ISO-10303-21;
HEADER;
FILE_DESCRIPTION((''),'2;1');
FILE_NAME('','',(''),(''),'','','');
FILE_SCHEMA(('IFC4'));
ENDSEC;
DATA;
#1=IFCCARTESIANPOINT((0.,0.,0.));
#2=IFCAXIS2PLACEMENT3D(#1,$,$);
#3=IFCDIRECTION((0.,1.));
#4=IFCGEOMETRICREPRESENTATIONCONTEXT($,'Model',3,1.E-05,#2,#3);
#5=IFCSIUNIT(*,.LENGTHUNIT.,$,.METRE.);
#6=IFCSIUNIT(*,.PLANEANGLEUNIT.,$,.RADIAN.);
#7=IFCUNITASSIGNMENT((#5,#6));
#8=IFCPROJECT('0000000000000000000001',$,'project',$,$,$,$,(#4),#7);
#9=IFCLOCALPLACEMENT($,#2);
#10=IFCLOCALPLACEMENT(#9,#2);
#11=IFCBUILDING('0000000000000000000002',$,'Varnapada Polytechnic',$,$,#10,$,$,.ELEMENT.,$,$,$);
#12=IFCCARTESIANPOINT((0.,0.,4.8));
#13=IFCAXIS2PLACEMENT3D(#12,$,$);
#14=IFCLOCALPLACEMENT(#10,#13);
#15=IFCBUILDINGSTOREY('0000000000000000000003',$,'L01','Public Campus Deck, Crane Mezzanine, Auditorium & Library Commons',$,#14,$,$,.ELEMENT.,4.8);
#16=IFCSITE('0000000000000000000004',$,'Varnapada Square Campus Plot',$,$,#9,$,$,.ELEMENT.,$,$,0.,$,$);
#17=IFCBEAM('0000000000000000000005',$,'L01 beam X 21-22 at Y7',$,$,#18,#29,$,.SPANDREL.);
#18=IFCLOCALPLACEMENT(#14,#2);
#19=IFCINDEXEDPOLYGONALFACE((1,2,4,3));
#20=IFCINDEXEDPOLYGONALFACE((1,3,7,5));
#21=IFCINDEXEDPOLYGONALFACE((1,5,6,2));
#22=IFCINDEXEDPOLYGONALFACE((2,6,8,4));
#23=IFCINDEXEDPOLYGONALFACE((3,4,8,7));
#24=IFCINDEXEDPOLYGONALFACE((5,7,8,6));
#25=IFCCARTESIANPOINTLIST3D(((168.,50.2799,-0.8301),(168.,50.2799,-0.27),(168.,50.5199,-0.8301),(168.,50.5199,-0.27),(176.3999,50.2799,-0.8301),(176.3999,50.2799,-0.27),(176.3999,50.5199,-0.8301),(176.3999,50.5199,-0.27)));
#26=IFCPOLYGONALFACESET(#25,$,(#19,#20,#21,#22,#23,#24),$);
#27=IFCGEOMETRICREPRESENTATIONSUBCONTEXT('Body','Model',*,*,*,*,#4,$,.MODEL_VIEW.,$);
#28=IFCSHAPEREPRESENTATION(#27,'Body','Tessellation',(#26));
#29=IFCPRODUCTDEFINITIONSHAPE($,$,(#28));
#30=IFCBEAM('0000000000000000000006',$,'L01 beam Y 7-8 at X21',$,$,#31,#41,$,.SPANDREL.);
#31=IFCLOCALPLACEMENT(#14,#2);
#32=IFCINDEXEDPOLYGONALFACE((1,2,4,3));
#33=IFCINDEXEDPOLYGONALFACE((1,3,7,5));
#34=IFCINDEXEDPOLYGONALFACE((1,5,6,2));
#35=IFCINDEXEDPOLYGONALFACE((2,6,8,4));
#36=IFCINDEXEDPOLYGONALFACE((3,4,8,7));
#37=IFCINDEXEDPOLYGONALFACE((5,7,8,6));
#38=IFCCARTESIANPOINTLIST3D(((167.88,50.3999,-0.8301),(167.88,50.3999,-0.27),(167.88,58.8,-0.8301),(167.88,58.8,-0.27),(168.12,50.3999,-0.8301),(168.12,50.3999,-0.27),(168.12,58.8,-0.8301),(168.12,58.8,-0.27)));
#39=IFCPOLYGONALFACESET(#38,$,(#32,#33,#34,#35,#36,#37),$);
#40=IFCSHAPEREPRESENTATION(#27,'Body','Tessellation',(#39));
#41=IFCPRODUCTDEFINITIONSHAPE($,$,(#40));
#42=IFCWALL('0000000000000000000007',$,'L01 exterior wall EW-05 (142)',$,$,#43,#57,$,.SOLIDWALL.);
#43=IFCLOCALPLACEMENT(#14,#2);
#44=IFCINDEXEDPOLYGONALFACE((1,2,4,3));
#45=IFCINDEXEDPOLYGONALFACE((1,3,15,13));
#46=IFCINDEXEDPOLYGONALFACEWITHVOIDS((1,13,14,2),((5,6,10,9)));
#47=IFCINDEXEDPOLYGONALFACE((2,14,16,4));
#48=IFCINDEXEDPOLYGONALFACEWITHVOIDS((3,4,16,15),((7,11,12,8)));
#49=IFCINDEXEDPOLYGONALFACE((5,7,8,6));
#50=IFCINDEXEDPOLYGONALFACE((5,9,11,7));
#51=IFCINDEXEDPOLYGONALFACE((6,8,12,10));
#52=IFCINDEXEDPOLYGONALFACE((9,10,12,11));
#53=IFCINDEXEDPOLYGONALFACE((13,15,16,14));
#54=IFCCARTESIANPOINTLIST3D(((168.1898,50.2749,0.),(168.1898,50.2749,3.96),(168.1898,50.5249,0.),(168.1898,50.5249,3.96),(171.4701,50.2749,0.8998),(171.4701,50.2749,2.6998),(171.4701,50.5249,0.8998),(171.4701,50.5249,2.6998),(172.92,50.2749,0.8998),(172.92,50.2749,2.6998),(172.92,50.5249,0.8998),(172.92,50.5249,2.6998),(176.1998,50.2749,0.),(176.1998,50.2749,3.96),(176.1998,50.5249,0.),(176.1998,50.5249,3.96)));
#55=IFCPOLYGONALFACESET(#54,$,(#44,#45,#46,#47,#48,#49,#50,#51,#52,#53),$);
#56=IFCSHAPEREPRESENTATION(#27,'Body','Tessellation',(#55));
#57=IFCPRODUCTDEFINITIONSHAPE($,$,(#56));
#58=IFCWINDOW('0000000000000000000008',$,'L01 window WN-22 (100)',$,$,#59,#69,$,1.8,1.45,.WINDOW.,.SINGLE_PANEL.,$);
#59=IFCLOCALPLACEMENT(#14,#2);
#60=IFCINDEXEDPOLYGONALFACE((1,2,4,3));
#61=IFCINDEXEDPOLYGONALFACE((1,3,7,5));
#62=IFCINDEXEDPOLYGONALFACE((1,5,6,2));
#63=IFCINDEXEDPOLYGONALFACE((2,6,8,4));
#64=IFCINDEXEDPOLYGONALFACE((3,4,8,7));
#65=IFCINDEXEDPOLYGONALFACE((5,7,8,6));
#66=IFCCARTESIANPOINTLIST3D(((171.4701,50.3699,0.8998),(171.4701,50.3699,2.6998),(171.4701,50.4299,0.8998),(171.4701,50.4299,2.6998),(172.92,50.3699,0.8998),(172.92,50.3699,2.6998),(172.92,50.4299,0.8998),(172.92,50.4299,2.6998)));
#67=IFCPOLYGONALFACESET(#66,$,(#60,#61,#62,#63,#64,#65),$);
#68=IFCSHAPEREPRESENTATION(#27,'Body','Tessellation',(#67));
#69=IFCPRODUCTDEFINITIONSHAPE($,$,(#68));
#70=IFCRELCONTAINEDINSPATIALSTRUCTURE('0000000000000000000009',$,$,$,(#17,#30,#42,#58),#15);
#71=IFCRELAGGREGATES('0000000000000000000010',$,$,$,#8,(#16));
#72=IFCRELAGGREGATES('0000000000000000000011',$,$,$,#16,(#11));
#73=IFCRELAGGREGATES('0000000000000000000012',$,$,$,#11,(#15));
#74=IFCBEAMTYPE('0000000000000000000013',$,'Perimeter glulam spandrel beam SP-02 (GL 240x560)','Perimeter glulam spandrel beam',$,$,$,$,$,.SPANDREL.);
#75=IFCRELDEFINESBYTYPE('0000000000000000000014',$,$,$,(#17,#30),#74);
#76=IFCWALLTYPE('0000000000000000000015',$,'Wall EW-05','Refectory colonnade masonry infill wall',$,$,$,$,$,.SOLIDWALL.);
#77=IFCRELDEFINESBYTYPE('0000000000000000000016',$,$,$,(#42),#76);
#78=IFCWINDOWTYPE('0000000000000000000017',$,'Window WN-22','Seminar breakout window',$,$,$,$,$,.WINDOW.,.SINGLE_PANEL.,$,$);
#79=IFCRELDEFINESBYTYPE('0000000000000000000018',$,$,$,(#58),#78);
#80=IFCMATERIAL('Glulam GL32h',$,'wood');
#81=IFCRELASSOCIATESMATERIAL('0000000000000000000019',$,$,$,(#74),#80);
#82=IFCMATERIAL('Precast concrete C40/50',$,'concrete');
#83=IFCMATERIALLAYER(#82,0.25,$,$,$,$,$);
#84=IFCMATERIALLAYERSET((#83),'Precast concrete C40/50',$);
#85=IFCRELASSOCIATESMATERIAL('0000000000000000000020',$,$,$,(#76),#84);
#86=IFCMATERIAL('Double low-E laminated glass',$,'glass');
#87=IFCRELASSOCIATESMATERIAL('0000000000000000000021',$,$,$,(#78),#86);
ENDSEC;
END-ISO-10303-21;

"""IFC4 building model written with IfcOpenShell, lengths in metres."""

from ifc_helpers import new_model, si_unit, direction, frame, frame_2d, origin, origin_2d, place, context, subcontext, project, spatial, rectangle, extrude, material, layer, layer_set, material_profile, profile_set, type_object, element, fill, save


model = new_model("IFC4")

# Units and contexts
model_context = context("Model", 3, precision=1e-05, world=origin(), true_north=direction((0.0, 1.0)))
body_context = subcontext(model_context, "Body", "Model", "MODEL_VIEW")
ifc_project = project(units=[si_unit("LENGTHUNIT", "METRE"), si_unit("PLANEANGLEUNIT", "RADIAN")], contexts=[model_context])

# Site, building, storey
site_placement = place(None, origin())
site = spatial("IfcSite", under=ifc_project, at=site_placement, Name="Varnapada Square Campus Plot", CompositionType="ELEMENT", RefElevation=0.0)
building_placement = place(site_placement, origin())
building = spatial("IfcBuilding", under=site, at=building_placement, Name="Varnapada Polytechnic", CompositionType="ELEMENT")
storey_placement = place(building_placement, frame((0.0, 0.0, 4.8)))
storey = spatial("IfcBuildingStorey", under=building, at=storey_placement, Name="L01", Description="Public Campus Deck, Crane Mezzanine, Auditorium & Library Commons", CompositionType="ELEMENT", Elevation=4.8)

# Beams
ifc_material_1 = material(Name="Glulam GL32h", Category="wood")
ifc_material_profile = material_profile(ifc_material_1, rectangle(XDim=0.24, YDim=0.5601, at=origin_2d()), Name="GL 240x560")
ifc_profile_set = profile_set([ifc_material_profile], Name="Glulam GL32h")
beam_type = type_object("IfcBeamType", Name="Perimeter glulam spandrel beam SP-02 (GL 240x560)", Description="Perimeter glulam spandrel beam", PredefinedType="SPANDREL", material=ifc_profile_set)
beam_1_placement = place(storey_placement, frame((168.0, 50.3999, -0.55), z_axis=(1.0, 0.0, 0.0), x_axis=(0.0, 1.0, 0.0)))
element("IfcBeam", 1, at=beam_1_placement, inside=storey, type_object=beam_type, Name="L01 beam X 21-22 at Y7", PredefinedType="SPANDREL", context=body_context, shape_type="SweptSolid", body=[
    extrude(rectangle(XDim=0.24, YDim=0.5601, at=origin_2d()), origin(), (0.0, 0.0, 1.0), 8.3999),
])
beam_2_placement = place(storey_placement, frame((168.0, 50.3999, -0.55), z_axis=(0.0, 1.0, 0.0), x_axis=(-1.0, 0.0, 0.0)))
element("IfcBeam", 2, at=beam_2_placement, inside=storey, type_object=beam_type, Name="L01 beam Y 7-8 at X21", PredefinedType="SPANDREL", context=body_context, shape_type="SweptSolid", body=[
    extrude(rectangle(XDim=0.24, YDim=0.5601, at=origin_2d()), origin(), (0.0, 0.0, 1.0), 8.4001),
])

# Wall, opening, window
ifc_material_2 = material(Name="Precast concrete C40/50", Category="concrete")
ifc_layer = layer(ifc_material_2, 0.25)
ifc_layer_set = layer_set([ifc_layer], Name="Precast concrete C40/50")
wall_type = type_object("IfcWallType", Name="Wall EW-05", Description="Refectory colonnade masonry infill wall", PredefinedType="SOLIDWALL", material=ifc_layer_set)
wall_placement = place(storey_placement, frame((168.1899, 50.3999, 0.0), z_axis=(0.0, 0.0, 1.0), x_axis=(1.0, 0.0, 0.0)))
wall = element("IfcWall", 3, at=wall_placement, inside=storey, type_object=wall_type, Name="L01 exterior wall EW-05 (142)", PredefinedType="SOLIDWALL", context=body_context, shape_type="SweptSolid", body=[
    extrude(rectangle(XDim=8.01, YDim=0.25, at=frame_2d((4.0049, 0.0))), origin(), (0.0, 0.0, 1.0), 3.96),
])
opening_placement = place(wall_placement, frame((3.28, 0.0, 0.8999)))
opening = element("IfcOpeningElement", 4, at=opening_placement, cuts=wall, PredefinedType="OPENING", context=body_context, shape_type="SweptSolid", body=[
    extrude(rectangle(XDim=1.45, YDim=1.8, at=frame_2d((0.7251, 0.8999))), frame((0.0, 0.135, 0.0), z_axis=(0.0, -1.0, 0.0), x_axis=(1.0, 0.0, 0.0)), (0.0, 0.0, 1.0), 0.27),
])
ifc_material_3 = material(Name="Double low-E laminated glass", Category="glass")
window_type = type_object("IfcWindowType", Name="Window WN-22", Description="Seminar breakout window", PartitioningType="SINGLE_PANEL", PredefinedType="WINDOW", material=ifc_material_3)
window_placement = place(opening_placement, origin())
window = element("IfcWindow", 5, at=window_placement, inside=storey, type_object=window_type, Name="L01 window WN-22 (100)", OverallHeight=1.8, OverallWidth=1.45, PartitioningType="SINGLE_PANEL", PredefinedType="WINDOW", context=body_context, shape_type="SweptSolid", body=[
    extrude(rectangle(XDim=1.45, YDim=1.8, at=frame_2d((0.7251, 0.8999))), frame((0.0, 0.03, 0.0), z_axis=(0.0, -1.0, 0.0), x_axis=(1.0, 0.0, 0.0)), (0.0, 0.0, 1.0), 0.0601),
])
fill(opening, window)

save(model, "model.ifc")
